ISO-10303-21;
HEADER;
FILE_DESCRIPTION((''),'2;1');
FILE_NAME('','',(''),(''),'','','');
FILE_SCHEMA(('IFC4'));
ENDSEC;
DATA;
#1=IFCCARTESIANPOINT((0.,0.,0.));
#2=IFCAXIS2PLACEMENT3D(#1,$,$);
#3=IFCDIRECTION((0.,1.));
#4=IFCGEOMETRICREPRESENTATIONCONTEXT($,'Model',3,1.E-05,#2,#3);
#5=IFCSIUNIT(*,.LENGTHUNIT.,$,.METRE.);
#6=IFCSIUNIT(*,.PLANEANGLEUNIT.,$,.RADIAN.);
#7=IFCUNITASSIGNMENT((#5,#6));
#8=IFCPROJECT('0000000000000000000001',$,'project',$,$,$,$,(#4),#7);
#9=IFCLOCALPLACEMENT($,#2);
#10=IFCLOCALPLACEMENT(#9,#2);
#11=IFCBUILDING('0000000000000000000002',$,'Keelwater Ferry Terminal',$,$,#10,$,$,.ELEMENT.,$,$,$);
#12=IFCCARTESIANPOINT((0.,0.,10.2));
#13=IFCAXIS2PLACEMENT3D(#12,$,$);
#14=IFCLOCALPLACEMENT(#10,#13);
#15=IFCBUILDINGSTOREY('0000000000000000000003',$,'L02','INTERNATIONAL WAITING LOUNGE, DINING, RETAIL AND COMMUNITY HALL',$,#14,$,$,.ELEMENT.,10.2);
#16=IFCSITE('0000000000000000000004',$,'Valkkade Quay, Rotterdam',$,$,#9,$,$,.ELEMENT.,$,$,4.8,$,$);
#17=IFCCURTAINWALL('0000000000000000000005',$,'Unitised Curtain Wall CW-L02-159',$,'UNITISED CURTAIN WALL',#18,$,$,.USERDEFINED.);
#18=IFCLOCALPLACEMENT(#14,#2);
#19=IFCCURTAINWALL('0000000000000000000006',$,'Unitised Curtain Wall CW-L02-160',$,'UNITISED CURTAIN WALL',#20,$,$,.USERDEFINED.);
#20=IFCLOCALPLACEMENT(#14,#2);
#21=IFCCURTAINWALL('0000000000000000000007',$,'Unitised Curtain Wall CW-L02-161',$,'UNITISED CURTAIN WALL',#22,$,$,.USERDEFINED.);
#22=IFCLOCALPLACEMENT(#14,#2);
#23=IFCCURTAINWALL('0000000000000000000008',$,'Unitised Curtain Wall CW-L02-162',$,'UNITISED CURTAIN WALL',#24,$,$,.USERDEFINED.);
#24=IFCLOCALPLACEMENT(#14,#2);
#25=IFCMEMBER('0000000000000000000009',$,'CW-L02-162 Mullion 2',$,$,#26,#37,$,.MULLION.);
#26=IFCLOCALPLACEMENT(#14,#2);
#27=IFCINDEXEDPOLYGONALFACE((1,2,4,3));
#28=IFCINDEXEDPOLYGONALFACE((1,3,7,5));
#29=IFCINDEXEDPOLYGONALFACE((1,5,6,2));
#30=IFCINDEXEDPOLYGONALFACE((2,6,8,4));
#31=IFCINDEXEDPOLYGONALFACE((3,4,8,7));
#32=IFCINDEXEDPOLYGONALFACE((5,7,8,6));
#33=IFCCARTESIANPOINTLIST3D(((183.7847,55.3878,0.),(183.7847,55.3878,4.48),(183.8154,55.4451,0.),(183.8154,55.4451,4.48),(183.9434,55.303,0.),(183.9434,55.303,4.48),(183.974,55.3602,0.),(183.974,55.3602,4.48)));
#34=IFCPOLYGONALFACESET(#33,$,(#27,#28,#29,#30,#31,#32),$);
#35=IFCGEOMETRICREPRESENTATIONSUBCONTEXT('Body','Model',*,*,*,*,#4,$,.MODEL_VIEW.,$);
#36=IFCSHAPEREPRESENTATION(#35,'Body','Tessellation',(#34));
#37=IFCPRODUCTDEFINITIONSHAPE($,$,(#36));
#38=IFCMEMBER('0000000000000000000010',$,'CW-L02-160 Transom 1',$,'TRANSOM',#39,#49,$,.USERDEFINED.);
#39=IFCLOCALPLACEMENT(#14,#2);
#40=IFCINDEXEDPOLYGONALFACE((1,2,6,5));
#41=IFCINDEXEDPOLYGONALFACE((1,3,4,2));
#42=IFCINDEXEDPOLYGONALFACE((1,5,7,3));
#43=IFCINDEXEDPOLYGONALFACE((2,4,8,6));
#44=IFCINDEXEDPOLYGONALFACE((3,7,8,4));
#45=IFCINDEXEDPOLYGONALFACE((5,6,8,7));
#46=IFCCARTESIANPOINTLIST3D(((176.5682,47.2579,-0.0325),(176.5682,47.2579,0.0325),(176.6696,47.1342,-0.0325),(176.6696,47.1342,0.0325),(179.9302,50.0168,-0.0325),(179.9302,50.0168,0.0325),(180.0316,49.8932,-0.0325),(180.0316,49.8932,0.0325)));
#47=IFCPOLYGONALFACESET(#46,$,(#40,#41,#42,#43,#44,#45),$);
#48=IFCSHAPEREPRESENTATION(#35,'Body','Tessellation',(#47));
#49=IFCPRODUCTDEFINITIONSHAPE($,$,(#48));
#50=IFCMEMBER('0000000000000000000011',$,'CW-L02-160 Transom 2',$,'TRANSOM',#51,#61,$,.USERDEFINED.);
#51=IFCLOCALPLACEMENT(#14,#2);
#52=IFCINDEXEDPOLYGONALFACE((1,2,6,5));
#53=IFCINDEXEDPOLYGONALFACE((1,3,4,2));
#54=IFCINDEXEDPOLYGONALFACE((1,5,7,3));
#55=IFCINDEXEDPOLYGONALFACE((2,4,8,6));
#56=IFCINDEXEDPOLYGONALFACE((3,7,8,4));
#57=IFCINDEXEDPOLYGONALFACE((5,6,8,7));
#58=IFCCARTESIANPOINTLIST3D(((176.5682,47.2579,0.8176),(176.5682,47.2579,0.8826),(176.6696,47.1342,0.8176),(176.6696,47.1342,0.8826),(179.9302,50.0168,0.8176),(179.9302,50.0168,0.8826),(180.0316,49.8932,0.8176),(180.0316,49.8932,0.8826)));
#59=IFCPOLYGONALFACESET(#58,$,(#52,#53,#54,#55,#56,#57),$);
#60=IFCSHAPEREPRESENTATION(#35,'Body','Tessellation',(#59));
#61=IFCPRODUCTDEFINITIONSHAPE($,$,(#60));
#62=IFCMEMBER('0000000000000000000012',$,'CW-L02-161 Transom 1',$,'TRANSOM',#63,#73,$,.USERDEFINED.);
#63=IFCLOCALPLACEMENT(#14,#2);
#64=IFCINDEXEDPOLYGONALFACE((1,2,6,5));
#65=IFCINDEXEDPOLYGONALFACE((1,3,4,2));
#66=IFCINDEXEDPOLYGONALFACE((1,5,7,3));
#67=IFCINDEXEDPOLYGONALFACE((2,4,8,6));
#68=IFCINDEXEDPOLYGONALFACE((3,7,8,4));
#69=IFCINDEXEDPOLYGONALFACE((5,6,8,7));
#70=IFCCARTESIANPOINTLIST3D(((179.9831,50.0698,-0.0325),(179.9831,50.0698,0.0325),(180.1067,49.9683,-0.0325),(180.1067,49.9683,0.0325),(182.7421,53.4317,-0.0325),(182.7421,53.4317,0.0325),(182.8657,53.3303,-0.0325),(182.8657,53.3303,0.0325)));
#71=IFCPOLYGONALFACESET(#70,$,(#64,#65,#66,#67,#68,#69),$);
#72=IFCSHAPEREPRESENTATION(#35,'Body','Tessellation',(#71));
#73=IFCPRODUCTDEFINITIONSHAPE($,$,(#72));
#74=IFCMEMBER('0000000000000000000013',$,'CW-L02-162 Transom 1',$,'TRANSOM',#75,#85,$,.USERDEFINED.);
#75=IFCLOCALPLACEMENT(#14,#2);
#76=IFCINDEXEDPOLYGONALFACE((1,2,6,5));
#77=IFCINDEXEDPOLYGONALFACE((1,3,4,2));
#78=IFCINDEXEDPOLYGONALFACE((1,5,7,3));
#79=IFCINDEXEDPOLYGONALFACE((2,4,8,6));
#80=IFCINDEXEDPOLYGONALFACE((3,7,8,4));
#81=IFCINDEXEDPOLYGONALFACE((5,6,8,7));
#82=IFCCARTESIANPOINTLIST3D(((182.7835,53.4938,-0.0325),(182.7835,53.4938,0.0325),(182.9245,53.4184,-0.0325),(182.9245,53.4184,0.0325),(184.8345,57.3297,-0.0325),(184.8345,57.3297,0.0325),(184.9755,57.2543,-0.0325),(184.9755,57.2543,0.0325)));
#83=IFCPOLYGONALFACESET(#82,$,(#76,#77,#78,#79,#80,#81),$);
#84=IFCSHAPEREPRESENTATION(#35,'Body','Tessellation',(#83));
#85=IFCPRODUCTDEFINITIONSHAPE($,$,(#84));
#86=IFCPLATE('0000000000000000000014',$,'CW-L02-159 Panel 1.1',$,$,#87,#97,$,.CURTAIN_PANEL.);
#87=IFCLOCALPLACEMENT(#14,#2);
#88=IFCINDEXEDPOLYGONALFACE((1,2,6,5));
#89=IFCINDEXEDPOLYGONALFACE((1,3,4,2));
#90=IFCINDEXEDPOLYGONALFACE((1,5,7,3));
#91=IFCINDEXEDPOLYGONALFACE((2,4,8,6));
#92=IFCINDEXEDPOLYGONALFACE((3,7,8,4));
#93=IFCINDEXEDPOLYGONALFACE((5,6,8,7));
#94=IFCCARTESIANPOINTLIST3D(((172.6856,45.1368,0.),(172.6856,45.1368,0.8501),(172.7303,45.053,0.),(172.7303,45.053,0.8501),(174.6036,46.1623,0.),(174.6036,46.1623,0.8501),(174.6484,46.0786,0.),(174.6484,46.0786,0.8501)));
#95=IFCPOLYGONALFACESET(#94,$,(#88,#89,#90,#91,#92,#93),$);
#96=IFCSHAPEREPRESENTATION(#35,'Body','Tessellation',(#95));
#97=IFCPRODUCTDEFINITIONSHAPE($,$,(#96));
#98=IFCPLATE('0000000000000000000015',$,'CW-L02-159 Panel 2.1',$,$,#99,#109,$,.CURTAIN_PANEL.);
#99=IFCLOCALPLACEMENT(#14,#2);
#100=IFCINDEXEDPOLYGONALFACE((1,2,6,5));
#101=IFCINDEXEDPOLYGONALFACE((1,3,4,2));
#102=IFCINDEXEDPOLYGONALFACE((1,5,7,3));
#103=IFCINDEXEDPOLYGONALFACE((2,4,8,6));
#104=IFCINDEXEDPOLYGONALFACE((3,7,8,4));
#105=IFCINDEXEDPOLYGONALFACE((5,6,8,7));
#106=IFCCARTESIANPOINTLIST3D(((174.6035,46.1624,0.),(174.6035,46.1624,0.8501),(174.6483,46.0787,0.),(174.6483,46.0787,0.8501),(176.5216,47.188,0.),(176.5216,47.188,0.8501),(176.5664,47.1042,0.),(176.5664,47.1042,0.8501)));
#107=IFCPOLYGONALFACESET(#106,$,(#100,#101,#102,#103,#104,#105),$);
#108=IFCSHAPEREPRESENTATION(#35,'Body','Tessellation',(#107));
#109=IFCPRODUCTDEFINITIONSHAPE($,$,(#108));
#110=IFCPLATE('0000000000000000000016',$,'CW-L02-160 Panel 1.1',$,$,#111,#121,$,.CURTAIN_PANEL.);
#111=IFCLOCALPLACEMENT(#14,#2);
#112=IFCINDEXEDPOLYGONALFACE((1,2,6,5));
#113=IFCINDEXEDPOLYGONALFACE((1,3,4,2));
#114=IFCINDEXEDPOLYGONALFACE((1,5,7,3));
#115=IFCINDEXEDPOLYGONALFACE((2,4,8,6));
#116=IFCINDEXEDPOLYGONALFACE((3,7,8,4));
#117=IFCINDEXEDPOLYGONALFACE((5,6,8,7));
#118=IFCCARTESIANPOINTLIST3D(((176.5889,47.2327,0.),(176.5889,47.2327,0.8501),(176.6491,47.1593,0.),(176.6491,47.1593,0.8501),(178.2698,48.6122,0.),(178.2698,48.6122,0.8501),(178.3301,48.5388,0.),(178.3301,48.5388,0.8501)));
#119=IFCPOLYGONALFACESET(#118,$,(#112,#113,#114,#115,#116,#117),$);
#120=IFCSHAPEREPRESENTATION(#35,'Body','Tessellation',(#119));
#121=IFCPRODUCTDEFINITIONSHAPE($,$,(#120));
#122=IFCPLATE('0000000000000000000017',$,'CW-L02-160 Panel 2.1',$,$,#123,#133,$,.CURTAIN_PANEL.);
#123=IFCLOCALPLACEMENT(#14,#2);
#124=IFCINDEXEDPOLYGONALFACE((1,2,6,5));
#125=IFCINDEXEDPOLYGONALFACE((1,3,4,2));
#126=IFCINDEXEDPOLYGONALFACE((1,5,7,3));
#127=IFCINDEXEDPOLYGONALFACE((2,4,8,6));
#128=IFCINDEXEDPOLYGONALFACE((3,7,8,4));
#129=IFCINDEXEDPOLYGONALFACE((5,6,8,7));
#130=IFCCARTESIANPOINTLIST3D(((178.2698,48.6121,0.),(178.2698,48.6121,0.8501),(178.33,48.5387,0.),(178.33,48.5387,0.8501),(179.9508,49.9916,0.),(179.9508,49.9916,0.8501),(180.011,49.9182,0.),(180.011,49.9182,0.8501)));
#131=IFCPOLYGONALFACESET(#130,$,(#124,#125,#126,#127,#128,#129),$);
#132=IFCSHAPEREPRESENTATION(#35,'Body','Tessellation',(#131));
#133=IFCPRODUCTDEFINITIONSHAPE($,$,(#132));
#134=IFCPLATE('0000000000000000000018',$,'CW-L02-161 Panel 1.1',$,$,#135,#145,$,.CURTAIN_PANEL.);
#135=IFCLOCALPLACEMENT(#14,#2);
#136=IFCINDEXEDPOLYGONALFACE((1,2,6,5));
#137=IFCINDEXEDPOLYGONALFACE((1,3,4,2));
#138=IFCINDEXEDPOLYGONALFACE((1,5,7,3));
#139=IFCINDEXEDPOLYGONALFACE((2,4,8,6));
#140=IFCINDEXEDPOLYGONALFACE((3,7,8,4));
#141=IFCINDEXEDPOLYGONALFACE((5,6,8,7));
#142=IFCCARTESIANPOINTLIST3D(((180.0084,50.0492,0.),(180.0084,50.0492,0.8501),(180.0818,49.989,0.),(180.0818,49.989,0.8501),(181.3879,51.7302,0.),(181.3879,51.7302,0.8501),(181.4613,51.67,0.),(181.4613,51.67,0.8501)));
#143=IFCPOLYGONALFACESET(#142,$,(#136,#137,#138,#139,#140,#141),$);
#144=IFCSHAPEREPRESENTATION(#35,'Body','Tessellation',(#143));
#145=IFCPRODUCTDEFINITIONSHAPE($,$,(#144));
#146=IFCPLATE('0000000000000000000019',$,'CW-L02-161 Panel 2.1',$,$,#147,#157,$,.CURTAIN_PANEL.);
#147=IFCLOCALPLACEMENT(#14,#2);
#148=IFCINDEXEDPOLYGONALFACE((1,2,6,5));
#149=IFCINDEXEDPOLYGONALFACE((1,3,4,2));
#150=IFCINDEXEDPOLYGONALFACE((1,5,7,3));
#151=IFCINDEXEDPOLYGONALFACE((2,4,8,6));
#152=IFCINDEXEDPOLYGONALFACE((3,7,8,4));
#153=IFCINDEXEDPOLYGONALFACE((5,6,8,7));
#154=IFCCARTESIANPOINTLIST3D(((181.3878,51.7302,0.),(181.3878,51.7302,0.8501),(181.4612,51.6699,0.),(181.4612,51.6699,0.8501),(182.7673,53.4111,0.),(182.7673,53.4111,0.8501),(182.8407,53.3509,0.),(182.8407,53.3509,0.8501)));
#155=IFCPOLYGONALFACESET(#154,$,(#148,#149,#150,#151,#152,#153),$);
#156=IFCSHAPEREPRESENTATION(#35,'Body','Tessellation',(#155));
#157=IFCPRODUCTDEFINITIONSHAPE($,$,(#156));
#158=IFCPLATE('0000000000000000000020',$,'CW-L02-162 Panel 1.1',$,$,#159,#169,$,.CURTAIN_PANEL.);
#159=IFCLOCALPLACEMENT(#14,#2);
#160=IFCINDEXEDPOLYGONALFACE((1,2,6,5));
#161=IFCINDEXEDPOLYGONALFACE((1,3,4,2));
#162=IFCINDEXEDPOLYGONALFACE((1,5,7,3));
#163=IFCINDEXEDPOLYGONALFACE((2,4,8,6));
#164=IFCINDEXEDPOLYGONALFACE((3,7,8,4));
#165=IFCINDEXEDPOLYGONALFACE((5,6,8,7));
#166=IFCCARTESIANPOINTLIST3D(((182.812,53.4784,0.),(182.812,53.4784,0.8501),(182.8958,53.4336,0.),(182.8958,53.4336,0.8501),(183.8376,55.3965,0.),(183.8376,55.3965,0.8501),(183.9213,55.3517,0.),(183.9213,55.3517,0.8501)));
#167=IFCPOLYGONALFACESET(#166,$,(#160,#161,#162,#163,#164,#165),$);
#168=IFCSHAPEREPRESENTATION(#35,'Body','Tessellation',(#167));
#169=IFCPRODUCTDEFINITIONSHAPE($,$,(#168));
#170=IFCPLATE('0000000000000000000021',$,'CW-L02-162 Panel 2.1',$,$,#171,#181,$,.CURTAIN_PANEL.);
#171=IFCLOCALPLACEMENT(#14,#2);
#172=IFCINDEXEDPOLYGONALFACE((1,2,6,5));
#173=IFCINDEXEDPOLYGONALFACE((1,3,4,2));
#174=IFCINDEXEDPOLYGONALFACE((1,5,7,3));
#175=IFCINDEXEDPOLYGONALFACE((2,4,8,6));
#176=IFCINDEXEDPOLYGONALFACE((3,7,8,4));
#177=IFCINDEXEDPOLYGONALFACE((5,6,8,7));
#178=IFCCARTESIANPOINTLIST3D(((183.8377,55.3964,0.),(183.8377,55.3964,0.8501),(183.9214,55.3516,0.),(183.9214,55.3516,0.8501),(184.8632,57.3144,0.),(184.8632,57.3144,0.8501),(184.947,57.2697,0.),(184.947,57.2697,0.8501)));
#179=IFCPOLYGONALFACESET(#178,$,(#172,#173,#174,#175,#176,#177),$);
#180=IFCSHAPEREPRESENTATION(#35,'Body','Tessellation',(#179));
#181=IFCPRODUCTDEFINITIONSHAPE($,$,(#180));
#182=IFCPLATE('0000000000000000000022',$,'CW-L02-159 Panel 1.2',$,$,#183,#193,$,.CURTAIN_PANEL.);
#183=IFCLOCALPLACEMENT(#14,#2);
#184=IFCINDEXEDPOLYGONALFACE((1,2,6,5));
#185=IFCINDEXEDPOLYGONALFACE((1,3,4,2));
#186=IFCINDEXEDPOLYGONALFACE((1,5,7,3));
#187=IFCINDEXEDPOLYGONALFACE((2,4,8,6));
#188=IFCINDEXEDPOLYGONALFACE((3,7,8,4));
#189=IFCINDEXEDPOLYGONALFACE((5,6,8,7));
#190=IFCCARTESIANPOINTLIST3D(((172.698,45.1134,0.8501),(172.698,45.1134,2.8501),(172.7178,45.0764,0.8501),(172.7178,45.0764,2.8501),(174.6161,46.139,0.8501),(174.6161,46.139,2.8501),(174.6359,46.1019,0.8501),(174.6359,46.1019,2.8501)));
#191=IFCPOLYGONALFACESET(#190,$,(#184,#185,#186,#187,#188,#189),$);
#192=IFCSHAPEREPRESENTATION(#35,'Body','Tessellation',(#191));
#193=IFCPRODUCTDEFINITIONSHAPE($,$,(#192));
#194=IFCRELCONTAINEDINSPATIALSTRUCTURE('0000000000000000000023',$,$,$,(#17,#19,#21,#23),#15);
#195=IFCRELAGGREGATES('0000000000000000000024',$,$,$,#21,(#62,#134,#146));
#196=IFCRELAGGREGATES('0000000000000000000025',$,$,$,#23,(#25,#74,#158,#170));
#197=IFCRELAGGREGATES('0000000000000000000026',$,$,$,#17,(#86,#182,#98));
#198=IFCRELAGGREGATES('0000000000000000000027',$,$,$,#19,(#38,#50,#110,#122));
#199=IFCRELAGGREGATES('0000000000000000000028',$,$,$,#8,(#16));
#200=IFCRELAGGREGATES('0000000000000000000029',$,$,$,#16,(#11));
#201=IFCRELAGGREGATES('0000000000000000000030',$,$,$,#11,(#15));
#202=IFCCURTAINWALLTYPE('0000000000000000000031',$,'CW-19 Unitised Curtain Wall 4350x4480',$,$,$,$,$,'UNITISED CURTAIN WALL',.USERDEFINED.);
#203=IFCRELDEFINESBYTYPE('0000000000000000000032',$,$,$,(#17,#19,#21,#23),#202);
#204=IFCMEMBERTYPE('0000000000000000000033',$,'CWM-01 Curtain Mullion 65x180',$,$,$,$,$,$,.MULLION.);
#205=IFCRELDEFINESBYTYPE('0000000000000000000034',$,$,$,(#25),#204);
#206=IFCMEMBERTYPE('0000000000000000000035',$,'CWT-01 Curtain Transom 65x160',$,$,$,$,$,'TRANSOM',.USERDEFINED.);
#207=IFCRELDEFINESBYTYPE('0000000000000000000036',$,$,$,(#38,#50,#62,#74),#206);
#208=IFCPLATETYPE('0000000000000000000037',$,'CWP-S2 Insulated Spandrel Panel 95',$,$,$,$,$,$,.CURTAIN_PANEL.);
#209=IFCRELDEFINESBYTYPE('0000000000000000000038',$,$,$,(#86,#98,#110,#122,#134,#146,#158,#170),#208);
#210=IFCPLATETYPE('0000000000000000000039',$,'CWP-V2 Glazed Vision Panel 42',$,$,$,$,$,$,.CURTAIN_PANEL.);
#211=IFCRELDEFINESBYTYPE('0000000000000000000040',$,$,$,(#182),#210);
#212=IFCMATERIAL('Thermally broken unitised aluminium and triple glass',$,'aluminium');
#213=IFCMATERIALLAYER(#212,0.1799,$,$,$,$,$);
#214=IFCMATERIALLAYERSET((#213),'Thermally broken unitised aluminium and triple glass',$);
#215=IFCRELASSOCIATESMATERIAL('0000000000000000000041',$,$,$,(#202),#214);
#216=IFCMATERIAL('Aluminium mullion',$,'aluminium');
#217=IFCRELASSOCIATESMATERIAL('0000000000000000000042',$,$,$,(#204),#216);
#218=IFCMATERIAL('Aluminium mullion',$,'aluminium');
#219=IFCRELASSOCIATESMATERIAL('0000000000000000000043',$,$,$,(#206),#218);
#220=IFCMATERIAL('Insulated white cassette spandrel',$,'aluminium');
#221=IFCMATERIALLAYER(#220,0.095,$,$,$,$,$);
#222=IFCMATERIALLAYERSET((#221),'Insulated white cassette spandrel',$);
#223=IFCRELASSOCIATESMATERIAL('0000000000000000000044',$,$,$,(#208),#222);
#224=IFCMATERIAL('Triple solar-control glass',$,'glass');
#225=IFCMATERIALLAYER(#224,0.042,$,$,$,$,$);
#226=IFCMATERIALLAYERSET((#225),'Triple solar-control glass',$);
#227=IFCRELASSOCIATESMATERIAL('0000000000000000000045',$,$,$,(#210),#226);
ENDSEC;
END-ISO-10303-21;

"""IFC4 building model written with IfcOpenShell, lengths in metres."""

from ifc_helpers import new_model, si_unit, direction, frame, origin, origin_2d, place, context, subcontext, project, spatial, rectangle, extrude, material, layer, layer_set, material_profile, profile_set, type_object, element, aggregate, save


model = new_model("IFC4")

# Units and contexts
model_context = context("Model", 3, precision=1e-05, world=origin(), true_north=direction((0.0, 1.0)))
body_context = subcontext(model_context, "Body", "Model", "MODEL_VIEW")
ifc_project = project(units=[si_unit("LENGTHUNIT", "METRE"), si_unit("PLANEANGLEUNIT", "RADIAN")], contexts=[model_context])

# Site, building, storey
site_placement = place(None, origin())
site = spatial("IfcSite", under=ifc_project, at=site_placement, Name="Valkkade Quay, Rotterdam", CompositionType="ELEMENT", RefElevation=4.8)
building_placement = place(site_placement, origin())
building = spatial("IfcBuilding", under=site, at=building_placement, Name="Keelwater Ferry Terminal", CompositionType="ELEMENT")
storey_placement = place(building_placement, frame((0.0, 0.0, 10.2)))
storey = spatial("IfcBuildingStorey", under=building, at=storey_placement, Name="L02", Description="INTERNATIONAL WAITING LOUNGE, DINING, RETAIL AND COMMUNITY HALL", CompositionType="ELEMENT", Elevation=10.2)

# Curtain walls, member
ifc_material_1 = material(Name="Thermally broken unitised aluminium and triple glass", Category="aluminium")
ifc_layer_1 = layer(ifc_material_1, 0.1799)
ifc_layer_set_1 = layer_set([ifc_layer_1], Name="Thermally broken unitised aluminium and triple glass")
curtain_wall_type = type_object("IfcCurtainWallType", Name="CW-19 Unitised Curtain Wall 4350x4480", ElementType="UNITISED CURTAIN WALL", PredefinedType="USERDEFINED", material=ifc_layer_set_1)
curtain_wall_1_placement = place(storey_placement, origin())
curtain_wall_1 = element("IfcCurtainWall", 1, at=curtain_wall_1_placement, inside=storey, type_object=curtain_wall_type, Name="Unitised Curtain Wall CW-L02-159", ObjectType="UNITISED CURTAIN WALL", PredefinedType="USERDEFINED")
ifc_material_2 = material(Name="Aluminium mullion", Category="aluminium")
ifc_material_profile_1 = material_profile(ifc_material_2, rectangle(XDim=0.0649, YDim=0.1799, at=origin_2d()), Name="CWM-01")
ifc_profile_set_1 = profile_set([ifc_material_profile_1], Name="Aluminium mullion")
member_type_1 = type_object("IfcMemberType", Name="CWM-01 Curtain Mullion 65x180", PredefinedType="MULLION", material=ifc_profile_set_1)
curtain_wall_2_placement = place(storey_placement, origin())
curtain_wall_2 = element("IfcCurtainWall", 2, at=curtain_wall_2_placement, inside=storey, type_object=curtain_wall_type, Name="Unitised Curtain Wall CW-L02-160", ObjectType="UNITISED CURTAIN WALL", PredefinedType="USERDEFINED")
curtain_wall_3_placement = place(storey_placement, origin())
curtain_wall_3 = element("IfcCurtainWall", 3, at=curtain_wall_3_placement, inside=storey, type_object=curtain_wall_type, Name="Unitised Curtain Wall CW-L02-161", ObjectType="UNITISED CURTAIN WALL", PredefinedType="USERDEFINED")
curtain_wall_4_placement = place(storey_placement, origin())
curtain_wall_4 = element("IfcCurtainWall", 4, at=curtain_wall_4_placement, inside=storey, type_object=curtain_wall_type, Name="Unitised Curtain Wall CW-L02-162", ObjectType="UNITISED CURTAIN WALL", PredefinedType="USERDEFINED")
member_1_placement = place(storey_placement, frame((183.8794, 55.374, 0.0), z_axis=(0.0, 0.0, 1.0), x_axis=(0.471507, 0.881862, 0.0)))
member_1 = element("IfcMember", 5, at=member_1_placement, type_object=member_type_1, Name="CW-L02-162 Mullion 2", PredefinedType="MULLION", context=body_context, shape_type="SweptSolid", body=[
    extrude(rectangle(XDim=0.0649, YDim=0.1799, at=origin_2d()), origin(), (0.0, 0.0, 1.0), 4.48),
])

# Members
ifc_material_3 = material(Name="Aluminium mullion", Category="aluminium")
ifc_material_profile_2 = material_profile(ifc_material_3, rectangle(XDim=0.1599, YDim=0.0649, at=origin_2d()), Name="CWT-01")
ifc_profile_set_2 = profile_set([ifc_material_profile_2], Name="Aluminium mullion")
member_type_2 = type_object("IfcMemberType", Name="CWT-01 Curtain Transom 65x160", ElementType="TRANSOM", PredefinedType="USERDEFINED", material=ifc_profile_set_2)
member_2_placement = place(storey_placement, frame((176.6189, 47.196, 0.0), z_axis=(0.773026, 0.634374, 0.0), x_axis=(-0.634374, 0.773026, 0.0)))
member_2 = element("IfcMember", 6, at=member_2_placement, type_object=member_type_2, Name="CW-L02-160 Transom 1", ObjectType="TRANSOM", PredefinedType="USERDEFINED", context=body_context, shape_type="SweptSolid", body=[
    extrude(rectangle(XDim=0.1599, YDim=0.0649, at=origin_2d()), origin(), (0.0, 0.0, 1.0), 4.3491),
])
member_3_placement = place(storey_placement, frame((176.6189, 47.196, 0.8501), z_axis=(0.773026, 0.634374, 0.0), x_axis=(-0.634374, 0.773026, 0.0)))
member_3 = element("IfcMember", 7, at=member_3_placement, type_object=member_type_2, Name="CW-L02-160 Transom 2", ObjectType="TRANSOM", PredefinedType="USERDEFINED", context=body_context, shape_type="SweptSolid", body=[
    extrude(rectangle(XDim=0.1599, YDim=0.0649, at=origin_2d()), origin(), (0.0, 0.0, 1.0), 4.3491),
])
member_4_placement = place(storey_placement, frame((180.0449, 50.019, 0.0), z_axis=(0.634374, 0.773026, 0.0), x_axis=(-0.773026, 0.634374, 0.0)))
member_4 = element("IfcMember", 8, at=member_4_placement, type_object=member_type_2, Name="CW-L02-161 Transom 1", ObjectType="TRANSOM", PredefinedType="USERDEFINED", context=body_context, shape_type="SweptSolid", body=[
    extrude(rectangle(XDim=0.1599, YDim=0.0649, at=origin_2d()), origin(), (0.0, 0.0, 1.0), 4.3491),
])
member_5_placement = place(storey_placement, frame((182.854, 53.4561, 0.0), z_axis=(0.471517, 0.881857, 0.0), x_axis=(-0.881857, 0.471517, 0.0)))
member_5 = element("IfcMember", 9, at=member_5_placement, type_object=member_type_2, Name="CW-L02-162 Transom 1", ObjectType="TRANSOM", PredefinedType="USERDEFINED", context=body_context, shape_type="SweptSolid", body=[
    extrude(rectangle(XDim=0.1599, YDim=0.0649, at=origin_2d()), origin(), (0.0, 0.0, 1.0), 4.3499),
])

# Plates
ifc_material_4 = material(Name="Insulated white cassette spandrel", Category="aluminium")
ifc_layer_2 = layer(ifc_material_4, 0.095)
ifc_layer_set_2 = layer_set([ifc_layer_2], Name="Insulated white cassette spandrel")
plate_type_1 = type_object("IfcPlateType", Name="CWP-S2 Insulated Spandrel Panel 95", PredefinedType="CURTAIN_PANEL", material=ifc_layer_set_2)
plate_1_placement = place(storey_placement, frame((173.667, 45.6077, 0.0), z_axis=(0.0, 0.0, 1.0), x_axis=(0.881862, 0.471507, 0.0)))
plate_1 = element("IfcPlate", 10, at=plate_1_placement, type_object=plate_type_1, Name="CW-L02-159 Panel 1.1", PredefinedType="CURTAIN_PANEL", context=body_context, shape_type="SweptSolid", body=[
    extrude(rectangle(XDim=2.175, YDim=0.095, at=origin_2d()), origin(), (0.0, 0.0, 1.0), 0.8501),
])
plate_2_placement = place(storey_placement, frame((175.585, 46.6333, 0.0), z_axis=(0.0, 0.0, 1.0), x_axis=(0.881862, 0.471507, 0.0)))
plate_2 = element("IfcPlate", 11, at=plate_2_placement, type_object=plate_type_1, Name="CW-L02-159 Panel 2.1", PredefinedType="CURTAIN_PANEL", context=body_context, shape_type="SweptSolid", body=[
    extrude(rectangle(XDim=2.175, YDim=0.095, at=origin_2d()), origin(), (0.0, 0.0, 1.0), 0.8501),
])
plate_3_placement = place(storey_placement, frame((177.4595, 47.8857, 0.0), z_axis=(0.0, 0.0, 1.0), x_axis=(0.773024, 0.634377, 0.0)))
plate_3 = element("IfcPlate", 12, at=plate_3_placement, type_object=plate_type_1, Name="CW-L02-160 Panel 1.1", PredefinedType="CURTAIN_PANEL", context=body_context, shape_type="SweptSolid", body=[
    extrude(rectangle(XDim=2.1746, YDim=0.095, at=origin_2d()), origin(), (0.0, 0.0, 1.0), 0.8501),
])
plate_4_placement = place(storey_placement, frame((179.1404, 49.2651, 0.0), z_axis=(0.0, 0.0, 1.0), x_axis=(0.773024, 0.634377, 0.0)))
plate_4 = element("IfcPlate", 13, at=plate_4_placement, type_object=plate_type_1, Name="CW-L02-160 Panel 2.1", PredefinedType="CURTAIN_PANEL", context=body_context, shape_type="SweptSolid", body=[
    extrude(rectangle(XDim=2.1746, YDim=0.095, at=origin_2d()), origin(), (0.0, 0.0, 1.0), 0.8501),
])
plate_5_placement = place(storey_placement, frame((180.7349, 50.8596, 0.0), z_axis=(0.0, 0.0, 1.0), x_axis=(0.634377, 0.773024, 0.0)))
plate_5 = element("IfcPlate", 14, at=plate_5_placement, type_object=plate_type_1, Name="CW-L02-161 Panel 1.1", PredefinedType="CURTAIN_PANEL", context=body_context, shape_type="SweptSolid", body=[
    extrude(rectangle(XDim=2.1746, YDim=0.095, at=origin_2d()), origin(), (0.0, 0.0, 1.0), 0.8501),
])
plate_6_placement = place(storey_placement, frame((182.1143, 52.5405, 0.0), z_axis=(0.0, 0.0, 1.0), x_axis=(0.634377, 0.773024, 0.0)))
plate_6 = element("IfcPlate", 15, at=plate_6_placement, type_object=plate_type_1, Name="CW-L02-161 Panel 2.1", PredefinedType="CURTAIN_PANEL", context=body_context, shape_type="SweptSolid", body=[
    extrude(rectangle(XDim=2.1746, YDim=0.095, at=origin_2d()), origin(), (0.0, 0.0, 1.0), 0.8501),
])
aggregate(curtain_wall_3, [member_4, plate_5, plate_6])
plate_7_placement = place(storey_placement, frame((183.3667, 54.415, 0.0), z_axis=(0.0, 0.0, 1.0), x_axis=(0.471507, 0.881862, 0.0)))
plate_7 = element("IfcPlate", 16, at=plate_7_placement, type_object=plate_type_1, Name="CW-L02-162 Panel 1.1", PredefinedType="CURTAIN_PANEL", context=body_context, shape_type="SweptSolid", body=[
    extrude(rectangle(XDim=2.175, YDim=0.095, at=origin_2d()), origin(), (0.0, 0.0, 1.0), 0.8501),
])
plate_8_placement = place(storey_placement, frame((184.3923, 56.333, 0.0), z_axis=(0.0, 0.0, 1.0), x_axis=(0.471507, 0.881862, 0.0)))
plate_8 = element("IfcPlate", 17, at=plate_8_placement, type_object=plate_type_1, Name="CW-L02-162 Panel 2.1", PredefinedType="CURTAIN_PANEL", context=body_context, shape_type="SweptSolid", body=[
    extrude(rectangle(XDim=2.175, YDim=0.095, at=origin_2d()), origin(), (0.0, 0.0, 1.0), 0.8501),
])
aggregate(curtain_wall_4, [member_1, member_5, plate_7, plate_8])
ifc_material_5 = material(Name="Triple solar-control glass", Category="glass")
ifc_layer_3 = layer(ifc_material_5, 0.042)
ifc_layer_set_3 = layer_set([ifc_layer_3], Name="Triple solar-control glass")
plate_type_2 = type_object("IfcPlateType", Name="CWP-V2 Glazed Vision Panel 42", PredefinedType="CURTAIN_PANEL", material=ifc_layer_set_3)
plate_9_placement = place(storey_placement, frame((173.667, 45.6077, 0.8501), z_axis=(0.0, 0.0, 1.0), x_axis=(0.881862, 0.471507, 0.0)))
plate_9 = element("IfcPlate", 18, at=plate_9_placement, type_object=plate_type_2, Name="CW-L02-159 Panel 1.2", PredefinedType="CURTAIN_PANEL", context=body_context, shape_type="SweptSolid", body=[
    extrude(rectangle(XDim=2.175, YDim=0.042, at=origin_2d()), origin(), (0.0, 0.0, 1.0), 2.0),
])
aggregate(curtain_wall_1, [plate_1, plate_9, plate_2])
aggregate(curtain_wall_2, [member_2, member_3, plate_3, plate_4])

save(model, "model.ifc")
